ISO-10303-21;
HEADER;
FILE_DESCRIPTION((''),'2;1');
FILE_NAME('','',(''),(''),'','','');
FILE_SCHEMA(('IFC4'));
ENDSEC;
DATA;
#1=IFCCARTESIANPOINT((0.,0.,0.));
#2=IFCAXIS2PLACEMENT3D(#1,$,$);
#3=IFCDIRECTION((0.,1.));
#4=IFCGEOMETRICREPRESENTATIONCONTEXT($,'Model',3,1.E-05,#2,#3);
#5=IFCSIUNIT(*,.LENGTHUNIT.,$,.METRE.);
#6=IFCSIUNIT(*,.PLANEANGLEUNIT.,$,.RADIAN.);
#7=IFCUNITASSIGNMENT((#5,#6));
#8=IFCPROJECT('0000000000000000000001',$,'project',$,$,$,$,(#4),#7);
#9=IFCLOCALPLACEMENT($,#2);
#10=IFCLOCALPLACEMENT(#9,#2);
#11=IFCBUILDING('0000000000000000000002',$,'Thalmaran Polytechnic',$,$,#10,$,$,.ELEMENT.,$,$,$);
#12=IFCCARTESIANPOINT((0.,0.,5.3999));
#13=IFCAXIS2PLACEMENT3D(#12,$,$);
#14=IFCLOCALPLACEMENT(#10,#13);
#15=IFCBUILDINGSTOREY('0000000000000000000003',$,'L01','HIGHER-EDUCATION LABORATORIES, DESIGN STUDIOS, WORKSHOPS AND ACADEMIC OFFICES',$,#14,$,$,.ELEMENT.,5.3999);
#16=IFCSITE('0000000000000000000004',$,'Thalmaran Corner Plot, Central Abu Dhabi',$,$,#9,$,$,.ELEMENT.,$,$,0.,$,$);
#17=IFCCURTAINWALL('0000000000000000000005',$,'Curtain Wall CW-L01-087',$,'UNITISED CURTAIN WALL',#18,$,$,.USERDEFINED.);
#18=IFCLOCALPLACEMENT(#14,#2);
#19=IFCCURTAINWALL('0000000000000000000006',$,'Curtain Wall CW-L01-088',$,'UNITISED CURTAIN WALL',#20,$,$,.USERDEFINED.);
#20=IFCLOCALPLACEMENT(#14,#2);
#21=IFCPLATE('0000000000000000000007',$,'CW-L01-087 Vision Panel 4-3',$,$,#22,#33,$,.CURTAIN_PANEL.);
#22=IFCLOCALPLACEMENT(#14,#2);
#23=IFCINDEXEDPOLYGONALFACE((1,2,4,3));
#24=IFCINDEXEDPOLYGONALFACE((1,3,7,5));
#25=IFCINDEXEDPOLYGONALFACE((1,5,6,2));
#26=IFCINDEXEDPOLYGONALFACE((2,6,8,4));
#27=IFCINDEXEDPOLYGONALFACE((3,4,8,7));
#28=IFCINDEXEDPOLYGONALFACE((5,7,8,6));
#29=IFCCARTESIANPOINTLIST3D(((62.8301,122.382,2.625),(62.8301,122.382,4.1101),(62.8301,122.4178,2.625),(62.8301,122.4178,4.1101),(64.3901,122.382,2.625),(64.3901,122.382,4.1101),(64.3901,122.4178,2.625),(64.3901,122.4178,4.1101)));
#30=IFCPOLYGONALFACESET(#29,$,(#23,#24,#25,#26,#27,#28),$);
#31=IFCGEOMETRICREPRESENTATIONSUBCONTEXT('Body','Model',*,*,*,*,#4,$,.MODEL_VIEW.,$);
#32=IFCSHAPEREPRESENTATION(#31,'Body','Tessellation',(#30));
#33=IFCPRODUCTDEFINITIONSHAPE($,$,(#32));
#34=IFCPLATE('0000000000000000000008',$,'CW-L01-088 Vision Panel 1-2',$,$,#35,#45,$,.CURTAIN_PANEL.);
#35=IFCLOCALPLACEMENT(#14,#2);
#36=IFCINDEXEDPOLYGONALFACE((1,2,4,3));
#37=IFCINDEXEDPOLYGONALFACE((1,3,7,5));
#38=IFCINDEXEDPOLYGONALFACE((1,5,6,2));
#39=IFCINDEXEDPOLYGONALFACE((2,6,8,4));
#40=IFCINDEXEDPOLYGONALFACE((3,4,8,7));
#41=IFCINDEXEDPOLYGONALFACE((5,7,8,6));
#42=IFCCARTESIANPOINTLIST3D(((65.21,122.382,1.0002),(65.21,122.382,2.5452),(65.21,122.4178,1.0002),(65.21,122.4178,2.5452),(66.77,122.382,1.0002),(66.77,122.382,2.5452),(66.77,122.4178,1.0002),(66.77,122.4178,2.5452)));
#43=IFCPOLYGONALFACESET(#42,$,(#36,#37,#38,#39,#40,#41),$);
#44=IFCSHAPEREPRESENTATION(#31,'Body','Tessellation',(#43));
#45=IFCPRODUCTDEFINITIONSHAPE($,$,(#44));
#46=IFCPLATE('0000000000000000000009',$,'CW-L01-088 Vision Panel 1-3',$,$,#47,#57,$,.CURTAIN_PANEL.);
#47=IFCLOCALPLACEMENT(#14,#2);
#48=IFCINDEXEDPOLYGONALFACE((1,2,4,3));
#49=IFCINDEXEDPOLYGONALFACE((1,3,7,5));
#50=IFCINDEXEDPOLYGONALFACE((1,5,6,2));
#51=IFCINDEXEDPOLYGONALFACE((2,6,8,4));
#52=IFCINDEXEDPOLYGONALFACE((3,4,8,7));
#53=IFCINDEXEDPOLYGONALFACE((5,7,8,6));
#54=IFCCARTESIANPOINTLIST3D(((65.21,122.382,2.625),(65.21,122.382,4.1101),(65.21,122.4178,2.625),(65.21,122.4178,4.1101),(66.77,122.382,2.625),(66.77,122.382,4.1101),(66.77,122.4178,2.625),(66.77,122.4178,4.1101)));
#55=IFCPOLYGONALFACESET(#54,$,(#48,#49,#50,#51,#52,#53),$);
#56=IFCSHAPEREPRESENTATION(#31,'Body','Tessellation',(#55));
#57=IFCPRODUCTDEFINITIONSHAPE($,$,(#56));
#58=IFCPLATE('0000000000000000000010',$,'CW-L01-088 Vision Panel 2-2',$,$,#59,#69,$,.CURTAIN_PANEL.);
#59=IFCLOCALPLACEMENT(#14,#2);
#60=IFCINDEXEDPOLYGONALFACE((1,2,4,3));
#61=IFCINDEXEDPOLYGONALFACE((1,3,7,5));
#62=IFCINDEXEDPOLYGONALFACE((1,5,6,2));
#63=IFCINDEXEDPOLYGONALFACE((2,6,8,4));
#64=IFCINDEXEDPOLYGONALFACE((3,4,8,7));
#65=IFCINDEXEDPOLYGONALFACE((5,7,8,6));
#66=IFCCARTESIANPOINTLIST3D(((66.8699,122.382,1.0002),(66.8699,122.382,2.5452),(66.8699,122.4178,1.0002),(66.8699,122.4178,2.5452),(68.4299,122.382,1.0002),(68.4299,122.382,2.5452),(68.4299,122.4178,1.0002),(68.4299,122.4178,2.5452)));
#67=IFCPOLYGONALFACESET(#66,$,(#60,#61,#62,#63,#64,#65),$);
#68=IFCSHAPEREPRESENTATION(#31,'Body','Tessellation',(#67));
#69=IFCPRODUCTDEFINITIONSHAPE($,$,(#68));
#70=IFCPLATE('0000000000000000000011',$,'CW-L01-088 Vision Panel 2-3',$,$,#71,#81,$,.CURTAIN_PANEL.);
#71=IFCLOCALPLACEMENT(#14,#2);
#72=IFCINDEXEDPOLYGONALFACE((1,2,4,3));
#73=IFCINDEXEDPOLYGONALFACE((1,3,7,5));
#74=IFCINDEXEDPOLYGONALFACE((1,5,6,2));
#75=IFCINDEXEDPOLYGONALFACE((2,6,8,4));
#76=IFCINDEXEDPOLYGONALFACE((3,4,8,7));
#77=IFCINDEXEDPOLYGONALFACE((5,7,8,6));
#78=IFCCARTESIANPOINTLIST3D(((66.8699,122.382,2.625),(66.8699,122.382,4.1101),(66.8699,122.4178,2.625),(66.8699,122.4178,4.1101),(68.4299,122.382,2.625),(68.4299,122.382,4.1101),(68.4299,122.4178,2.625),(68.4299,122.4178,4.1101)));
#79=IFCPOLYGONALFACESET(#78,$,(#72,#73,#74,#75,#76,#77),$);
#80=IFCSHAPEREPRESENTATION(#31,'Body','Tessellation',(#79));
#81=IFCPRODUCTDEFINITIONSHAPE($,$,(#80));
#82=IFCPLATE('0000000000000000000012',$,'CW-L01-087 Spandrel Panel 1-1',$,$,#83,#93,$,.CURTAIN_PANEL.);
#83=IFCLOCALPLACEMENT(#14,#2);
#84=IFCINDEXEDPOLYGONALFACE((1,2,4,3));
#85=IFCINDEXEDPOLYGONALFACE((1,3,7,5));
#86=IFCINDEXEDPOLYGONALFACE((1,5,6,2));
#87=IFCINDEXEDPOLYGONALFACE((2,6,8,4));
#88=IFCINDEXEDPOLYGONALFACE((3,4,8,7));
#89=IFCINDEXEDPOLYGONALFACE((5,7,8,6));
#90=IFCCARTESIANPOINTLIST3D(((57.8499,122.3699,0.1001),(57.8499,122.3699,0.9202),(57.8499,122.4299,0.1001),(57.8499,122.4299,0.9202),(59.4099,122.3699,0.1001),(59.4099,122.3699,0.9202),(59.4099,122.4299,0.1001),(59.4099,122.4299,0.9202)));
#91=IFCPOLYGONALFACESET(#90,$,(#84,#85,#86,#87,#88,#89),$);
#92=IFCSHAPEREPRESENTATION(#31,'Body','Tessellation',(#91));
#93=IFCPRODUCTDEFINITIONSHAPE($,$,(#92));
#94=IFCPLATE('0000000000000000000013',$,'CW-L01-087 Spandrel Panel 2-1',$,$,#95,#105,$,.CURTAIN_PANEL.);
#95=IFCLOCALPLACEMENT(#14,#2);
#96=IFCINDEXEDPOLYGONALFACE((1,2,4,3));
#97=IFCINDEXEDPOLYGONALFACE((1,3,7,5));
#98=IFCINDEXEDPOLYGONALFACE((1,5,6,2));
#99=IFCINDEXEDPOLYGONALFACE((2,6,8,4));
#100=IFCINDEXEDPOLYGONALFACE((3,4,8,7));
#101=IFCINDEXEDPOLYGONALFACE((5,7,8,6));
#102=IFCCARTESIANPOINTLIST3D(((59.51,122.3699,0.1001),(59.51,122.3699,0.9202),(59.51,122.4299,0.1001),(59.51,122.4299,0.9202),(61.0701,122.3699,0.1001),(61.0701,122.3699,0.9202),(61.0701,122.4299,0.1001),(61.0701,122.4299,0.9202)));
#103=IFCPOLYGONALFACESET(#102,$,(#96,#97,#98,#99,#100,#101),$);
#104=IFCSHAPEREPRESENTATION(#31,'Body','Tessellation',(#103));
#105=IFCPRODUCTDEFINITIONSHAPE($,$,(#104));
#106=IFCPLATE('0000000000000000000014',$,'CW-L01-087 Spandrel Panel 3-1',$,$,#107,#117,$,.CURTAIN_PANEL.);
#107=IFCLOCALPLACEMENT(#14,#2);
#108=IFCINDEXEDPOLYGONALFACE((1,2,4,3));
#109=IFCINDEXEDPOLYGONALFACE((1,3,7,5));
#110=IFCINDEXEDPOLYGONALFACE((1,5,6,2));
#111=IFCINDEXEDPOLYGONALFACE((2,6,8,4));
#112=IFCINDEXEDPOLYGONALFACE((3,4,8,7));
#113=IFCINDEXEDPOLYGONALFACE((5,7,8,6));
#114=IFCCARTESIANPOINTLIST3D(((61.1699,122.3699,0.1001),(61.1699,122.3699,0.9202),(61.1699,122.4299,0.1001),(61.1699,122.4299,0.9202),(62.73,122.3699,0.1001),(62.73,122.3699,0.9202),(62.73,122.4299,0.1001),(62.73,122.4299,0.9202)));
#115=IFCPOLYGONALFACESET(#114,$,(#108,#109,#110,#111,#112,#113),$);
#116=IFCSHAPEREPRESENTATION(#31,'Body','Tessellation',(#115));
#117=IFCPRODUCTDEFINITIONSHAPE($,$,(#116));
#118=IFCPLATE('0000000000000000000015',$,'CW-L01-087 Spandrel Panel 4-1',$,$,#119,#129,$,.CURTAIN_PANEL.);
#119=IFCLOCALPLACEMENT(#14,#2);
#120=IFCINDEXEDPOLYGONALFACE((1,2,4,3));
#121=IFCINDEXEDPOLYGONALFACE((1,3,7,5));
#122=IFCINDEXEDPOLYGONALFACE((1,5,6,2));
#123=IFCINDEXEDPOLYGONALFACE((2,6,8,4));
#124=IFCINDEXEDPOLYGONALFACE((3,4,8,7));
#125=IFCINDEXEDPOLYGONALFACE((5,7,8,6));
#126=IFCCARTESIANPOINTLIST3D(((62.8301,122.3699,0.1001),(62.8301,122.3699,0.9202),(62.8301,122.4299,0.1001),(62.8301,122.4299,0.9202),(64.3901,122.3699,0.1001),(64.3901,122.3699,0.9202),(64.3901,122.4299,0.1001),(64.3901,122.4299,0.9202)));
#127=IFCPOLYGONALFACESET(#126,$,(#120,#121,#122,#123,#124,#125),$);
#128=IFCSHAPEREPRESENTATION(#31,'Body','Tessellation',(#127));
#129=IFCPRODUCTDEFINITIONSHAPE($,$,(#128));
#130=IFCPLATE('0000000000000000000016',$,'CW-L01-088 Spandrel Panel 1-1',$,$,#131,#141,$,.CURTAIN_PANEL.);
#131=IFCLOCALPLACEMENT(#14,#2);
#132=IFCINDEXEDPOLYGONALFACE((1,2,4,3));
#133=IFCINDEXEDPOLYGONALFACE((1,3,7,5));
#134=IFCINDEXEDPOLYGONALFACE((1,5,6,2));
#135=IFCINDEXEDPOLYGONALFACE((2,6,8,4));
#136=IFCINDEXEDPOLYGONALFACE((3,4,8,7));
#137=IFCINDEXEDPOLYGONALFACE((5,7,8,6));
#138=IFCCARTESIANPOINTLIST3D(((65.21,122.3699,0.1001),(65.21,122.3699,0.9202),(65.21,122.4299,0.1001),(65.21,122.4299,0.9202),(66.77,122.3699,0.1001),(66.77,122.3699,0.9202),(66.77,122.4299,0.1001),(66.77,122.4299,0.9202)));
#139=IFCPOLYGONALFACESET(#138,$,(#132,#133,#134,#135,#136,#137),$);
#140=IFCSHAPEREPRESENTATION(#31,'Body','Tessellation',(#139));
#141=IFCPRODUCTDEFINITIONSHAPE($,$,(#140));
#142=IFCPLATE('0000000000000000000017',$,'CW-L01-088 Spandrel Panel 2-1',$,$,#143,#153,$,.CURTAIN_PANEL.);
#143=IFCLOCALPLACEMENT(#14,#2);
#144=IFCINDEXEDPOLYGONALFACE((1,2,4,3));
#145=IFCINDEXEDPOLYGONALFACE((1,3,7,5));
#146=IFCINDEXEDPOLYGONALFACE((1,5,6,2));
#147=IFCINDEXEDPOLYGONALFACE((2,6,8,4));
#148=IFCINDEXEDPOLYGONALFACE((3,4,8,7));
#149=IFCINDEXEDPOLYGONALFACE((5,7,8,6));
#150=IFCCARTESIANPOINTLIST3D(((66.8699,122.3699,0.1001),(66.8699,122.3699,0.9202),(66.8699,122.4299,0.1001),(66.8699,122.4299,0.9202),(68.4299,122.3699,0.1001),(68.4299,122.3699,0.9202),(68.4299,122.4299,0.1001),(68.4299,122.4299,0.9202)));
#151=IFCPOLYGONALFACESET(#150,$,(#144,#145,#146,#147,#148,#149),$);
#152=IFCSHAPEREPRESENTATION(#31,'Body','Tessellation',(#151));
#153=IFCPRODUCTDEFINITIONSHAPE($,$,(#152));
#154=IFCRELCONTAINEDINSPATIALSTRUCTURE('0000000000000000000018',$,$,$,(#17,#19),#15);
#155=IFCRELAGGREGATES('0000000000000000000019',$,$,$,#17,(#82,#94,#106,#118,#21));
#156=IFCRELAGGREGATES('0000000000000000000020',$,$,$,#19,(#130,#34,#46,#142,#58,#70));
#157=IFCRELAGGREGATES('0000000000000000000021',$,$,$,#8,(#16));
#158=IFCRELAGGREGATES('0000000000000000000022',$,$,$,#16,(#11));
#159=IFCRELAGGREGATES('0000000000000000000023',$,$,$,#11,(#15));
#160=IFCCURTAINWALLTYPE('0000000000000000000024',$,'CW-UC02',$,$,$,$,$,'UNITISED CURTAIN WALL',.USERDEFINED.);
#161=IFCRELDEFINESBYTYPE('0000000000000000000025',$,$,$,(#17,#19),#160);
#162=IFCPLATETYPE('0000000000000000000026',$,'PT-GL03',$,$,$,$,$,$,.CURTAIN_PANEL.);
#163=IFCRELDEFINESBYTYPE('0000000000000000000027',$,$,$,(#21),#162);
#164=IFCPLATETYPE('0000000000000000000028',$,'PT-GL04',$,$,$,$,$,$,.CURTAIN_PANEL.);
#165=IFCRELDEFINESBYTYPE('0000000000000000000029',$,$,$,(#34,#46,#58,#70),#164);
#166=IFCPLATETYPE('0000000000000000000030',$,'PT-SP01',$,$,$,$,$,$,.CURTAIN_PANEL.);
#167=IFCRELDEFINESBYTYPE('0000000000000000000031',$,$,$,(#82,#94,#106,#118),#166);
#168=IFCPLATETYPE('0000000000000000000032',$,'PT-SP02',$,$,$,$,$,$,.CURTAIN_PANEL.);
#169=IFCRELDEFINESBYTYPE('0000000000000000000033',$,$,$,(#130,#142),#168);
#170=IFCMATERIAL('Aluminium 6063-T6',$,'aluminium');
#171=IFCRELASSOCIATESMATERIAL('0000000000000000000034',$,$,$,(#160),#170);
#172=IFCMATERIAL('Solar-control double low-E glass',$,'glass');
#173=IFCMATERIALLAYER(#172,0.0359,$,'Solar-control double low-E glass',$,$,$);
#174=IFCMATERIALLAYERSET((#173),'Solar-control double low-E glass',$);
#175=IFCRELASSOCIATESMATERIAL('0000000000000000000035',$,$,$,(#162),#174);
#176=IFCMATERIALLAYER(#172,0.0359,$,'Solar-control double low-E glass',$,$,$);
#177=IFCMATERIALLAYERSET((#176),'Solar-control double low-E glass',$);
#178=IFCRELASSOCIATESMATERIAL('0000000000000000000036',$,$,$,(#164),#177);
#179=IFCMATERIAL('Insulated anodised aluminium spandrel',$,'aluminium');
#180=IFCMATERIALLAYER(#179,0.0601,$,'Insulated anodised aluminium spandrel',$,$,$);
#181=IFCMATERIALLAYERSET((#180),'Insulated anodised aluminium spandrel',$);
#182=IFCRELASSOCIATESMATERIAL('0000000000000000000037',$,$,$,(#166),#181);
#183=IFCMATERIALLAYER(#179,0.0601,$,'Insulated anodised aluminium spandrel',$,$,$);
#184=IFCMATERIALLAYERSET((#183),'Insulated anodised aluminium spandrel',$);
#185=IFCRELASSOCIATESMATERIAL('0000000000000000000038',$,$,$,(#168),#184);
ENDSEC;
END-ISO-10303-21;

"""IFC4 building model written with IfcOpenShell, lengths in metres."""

from ifc_helpers import new_model, si_unit, direction, frame, origin, origin_2d, place, context, subcontext, project, spatial, rectangle, extrude, material, layer, layer_set, type_object, element, aggregate, save


model = new_model("IFC4")

# Units and contexts
model_context = context("Model", 3, precision=1e-05, world=origin(), true_north=direction((0.0, 1.0)))
body_context = subcontext(model_context, "Body", "Model", "MODEL_VIEW")
ifc_project = project(units=[si_unit("LENGTHUNIT", "METRE"), si_unit("PLANEANGLEUNIT", "RADIAN")], contexts=[model_context])

# Site, building, storey
site_placement = place(None, origin())
site = spatial("IfcSite", under=ifc_project, at=site_placement, Name="Thalmaran Corner Plot, Central Abu Dhabi", CompositionType="ELEMENT", RefElevation=0.0)
building_placement = place(site_placement, origin())
building = spatial("IfcBuilding", under=site, at=building_placement, Name="Thalmaran Polytechnic", CompositionType="ELEMENT")
storey_placement = place(building_placement, frame((0.0, 0.0, 5.3999)))
storey = spatial("IfcBuildingStorey", under=building, at=storey_placement, Name="L01", Description="HIGHER-EDUCATION LABORATORIES, DESIGN STUDIOS, WORKSHOPS AND ACADEMIC OFFICES", CompositionType="ELEMENT", Elevation=5.3999)

# Curtain walls
ifc_material_1 = material(Name="Aluminium 6063-T6", Category="aluminium")
curtain_wall_type = type_object("IfcCurtainWallType", Name="CW-UC02", ElementType="UNITISED CURTAIN WALL", PredefinedType="USERDEFINED", material=ifc_material_1)
curtain_wall_1_placement = place(storey_placement, origin())
curtain_wall_1 = element("IfcCurtainWall", 1, at=curtain_wall_1_placement, inside=storey, type_object=curtain_wall_type, Name="Curtain Wall CW-L01-087", ObjectType="UNITISED CURTAIN WALL", PredefinedType="USERDEFINED")
curtain_wall_2_placement = place(storey_placement, origin())
curtain_wall_2 = element("IfcCurtainWall", 2, at=curtain_wall_2_placement, inside=storey, type_object=curtain_wall_type, Name="Curtain Wall CW-L01-088", ObjectType="UNITISED CURTAIN WALL", PredefinedType="USERDEFINED")

# Plates
ifc_material_2 = material(Name="Solar-control double low-E glass", Category="glass")
ifc_layer_1 = layer(ifc_material_2, 0.0359, Name="Solar-control double low-E glass")
ifc_layer_set_1 = layer_set([ifc_layer_1], Name="Solar-control double low-E glass")
plate_type_1 = type_object("IfcPlateType", Name="PT-GL03", PredefinedType="CURTAIN_PANEL", material=ifc_layer_set_1)
plate_1_placement = place(storey_placement, frame((63.6101, 122.3999, 2.625), z_axis=(0.0, 0.0, 1.0), x_axis=(1.0, 0.0, 0.0)))
plate_1 = element("IfcPlate", 3, at=plate_1_placement, type_object=plate_type_1, Name="CW-L01-087 Vision Panel 4-3", PredefinedType="CURTAIN_PANEL", context=body_context, shape_type="SweptSolid", body=[
    extrude(rectangle(XDim=1.5601, YDim=0.0359, at=origin_2d()), origin(), (0.0, 0.0, 1.0), 1.4851),
])
ifc_layer_2 = layer(ifc_material_2, 0.0359, Name="Solar-control double low-E glass")
ifc_layer_set_2 = layer_set([ifc_layer_2], Name="Solar-control double low-E glass")
plate_type_2 = type_object("IfcPlateType", Name="PT-GL04", PredefinedType="CURTAIN_PANEL", material=ifc_layer_set_2)
plate_2_placement = place(storey_placement, frame((65.99, 122.3999, 1.0002), z_axis=(0.0, 0.0, 1.0), x_axis=(1.0, 0.0, 0.0)))
plate_2 = element("IfcPlate", 4, at=plate_2_placement, type_object=plate_type_2, Name="CW-L01-088 Vision Panel 1-2", PredefinedType="CURTAIN_PANEL", context=body_context, shape_type="SweptSolid", body=[
    extrude(rectangle(XDim=1.5601, YDim=0.0359, at=origin_2d()), origin(), (0.0, 0.0, 1.0), 1.5449),
])
plate_3_placement = place(storey_placement, frame((65.99, 122.3999, 2.625), z_axis=(0.0, 0.0, 1.0), x_axis=(1.0, 0.0, 0.0)))
plate_3 = element("IfcPlate", 5, at=plate_3_placement, type_object=plate_type_2, Name="CW-L01-088 Vision Panel 1-3", PredefinedType="CURTAIN_PANEL", context=body_context, shape_type="SweptSolid", body=[
    extrude(rectangle(XDim=1.5601, YDim=0.0359, at=origin_2d()), origin(), (0.0, 0.0, 1.0), 1.4851),
])
plate_4_placement = place(storey_placement, frame((67.6499, 122.3999, 1.0002), z_axis=(0.0, 0.0, 1.0), x_axis=(1.0, 0.0, 0.0)))
plate_4 = element("IfcPlate", 6, at=plate_4_placement, type_object=plate_type_2, Name="CW-L01-088 Vision Panel 2-2", PredefinedType="CURTAIN_PANEL", context=body_context, shape_type="SweptSolid", body=[
    extrude(rectangle(XDim=1.5601, YDim=0.0359, at=origin_2d()), origin(), (0.0, 0.0, 1.0), 1.5449),
])
plate_5_placement = place(storey_placement, frame((67.6499, 122.3999, 2.625), z_axis=(0.0, 0.0, 1.0), x_axis=(1.0, 0.0, 0.0)))
plate_5 = element("IfcPlate", 7, at=plate_5_placement, type_object=plate_type_2, Name="CW-L01-088 Vision Panel 2-3", PredefinedType="CURTAIN_PANEL", context=body_context, shape_type="SweptSolid", body=[
    extrude(rectangle(XDim=1.5601, YDim=0.0359, at=origin_2d()), origin(), (0.0, 0.0, 1.0), 1.4851),
])
ifc_material_3 = material(Name="Insulated anodised aluminium spandrel", Category="aluminium")
ifc_layer_3 = layer(ifc_material_3, 0.0601, Name="Insulated anodised aluminium spandrel")
ifc_layer_set_3 = layer_set([ifc_layer_3], Name="Insulated anodised aluminium spandrel")
plate_type_3 = type_object("IfcPlateType", Name="PT-SP01", PredefinedType="CURTAIN_PANEL", material=ifc_layer_set_3)
plate_6_placement = place(storey_placement, frame((58.6299, 122.3999, 0.1001), z_axis=(0.0, 0.0, 1.0), x_axis=(1.0, 0.0, 0.0)))
plate_6 = element("IfcPlate", 8, at=plate_6_placement, type_object=plate_type_3, Name="CW-L01-087 Spandrel Panel 1-1", PredefinedType="CURTAIN_PANEL", context=body_context, shape_type="SweptSolid", body=[
    extrude(rectangle(XDim=1.5601, YDim=0.0601, at=origin_2d()), origin(), (0.0, 0.0, 1.0), 0.8201),
])
plate_7_placement = place(storey_placement, frame((60.29, 122.3999, 0.1001), z_axis=(0.0, 0.0, 1.0), x_axis=(1.0, 0.0, 0.0)))
plate_7 = element("IfcPlate", 9, at=plate_7_placement, type_object=plate_type_3, Name="CW-L01-087 Spandrel Panel 2-1", PredefinedType="CURTAIN_PANEL", context=body_context, shape_type="SweptSolid", body=[
    extrude(rectangle(XDim=1.5601, YDim=0.0601, at=origin_2d()), origin(), (0.0, 0.0, 1.0), 0.8201),
])
plate_8_placement = place(storey_placement, frame((61.95, 122.3999, 0.1001), z_axis=(0.0, 0.0, 1.0), x_axis=(1.0, 0.0, 0.0)))
plate_8 = element("IfcPlate", 10, at=plate_8_placement, type_object=plate_type_3, Name="CW-L01-087 Spandrel Panel 3-1", PredefinedType="CURTAIN_PANEL", context=body_context, shape_type="SweptSolid", body=[
    extrude(rectangle(XDim=1.5601, YDim=0.0601, at=origin_2d()), origin(), (0.0, 0.0, 1.0), 0.8201),
])
plate_9_placement = place(storey_placement, frame((63.6101, 122.3999, 0.1001), z_axis=(0.0, 0.0, 1.0), x_axis=(1.0, 0.0, 0.0)))
plate_9 = element("IfcPlate", 11, at=plate_9_placement, type_object=plate_type_3, Name="CW-L01-087 Spandrel Panel 4-1", PredefinedType="CURTAIN_PANEL", context=body_context, shape_type="SweptSolid", body=[
    extrude(rectangle(XDim=1.5601, YDim=0.0601, at=origin_2d()), origin(), (0.0, 0.0, 1.0), 0.8201),
])
aggregate(curtain_wall_1, [plate_6, plate_7, plate_8, plate_9, plate_1])
ifc_layer_4 = layer(ifc_material_3, 0.0601, Name="Insulated anodised aluminium spandrel")
ifc_layer_set_4 = layer_set([ifc_layer_4], Name="Insulated anodised aluminium spandrel")
plate_type_4 = type_object("IfcPlateType", Name="PT-SP02", PredefinedType="CURTAIN_PANEL", material=ifc_layer_set_4)
plate_10_placement = place(storey_placement, frame((65.99, 122.3999, 0.1001), z_axis=(0.0, 0.0, 1.0), x_axis=(1.0, 0.0, 0.0)))
plate_10 = element("IfcPlate", 12, at=plate_10_placement, type_object=plate_type_4, Name="CW-L01-088 Spandrel Panel 1-1", PredefinedType="CURTAIN_PANEL", context=body_context, shape_type="SweptSolid", body=[
    extrude(rectangle(XDim=1.5601, YDim=0.0601, at=origin_2d()), origin(), (0.0, 0.0, 1.0), 0.8201),
])
plate_11_placement = place(storey_placement, frame((67.6499, 122.3999, 0.1001), z_axis=(0.0, 0.0, 1.0), x_axis=(1.0, 0.0, 0.0)))
plate_11 = element("IfcPlate", 13, at=plate_11_placement, type_object=plate_type_4, Name="CW-L01-088 Spandrel Panel 2-1", PredefinedType="CURTAIN_PANEL", context=body_context, shape_type="SweptSolid", body=[
    extrude(rectangle(XDim=1.5601, YDim=0.0601, at=origin_2d()), origin(), (0.0, 0.0, 1.0), 0.8201),
])
aggregate(curtain_wall_2, [plate_10, plate_2, plate_3, plate_11, plate_4, plate_5])

save(model, "model.ifc")
